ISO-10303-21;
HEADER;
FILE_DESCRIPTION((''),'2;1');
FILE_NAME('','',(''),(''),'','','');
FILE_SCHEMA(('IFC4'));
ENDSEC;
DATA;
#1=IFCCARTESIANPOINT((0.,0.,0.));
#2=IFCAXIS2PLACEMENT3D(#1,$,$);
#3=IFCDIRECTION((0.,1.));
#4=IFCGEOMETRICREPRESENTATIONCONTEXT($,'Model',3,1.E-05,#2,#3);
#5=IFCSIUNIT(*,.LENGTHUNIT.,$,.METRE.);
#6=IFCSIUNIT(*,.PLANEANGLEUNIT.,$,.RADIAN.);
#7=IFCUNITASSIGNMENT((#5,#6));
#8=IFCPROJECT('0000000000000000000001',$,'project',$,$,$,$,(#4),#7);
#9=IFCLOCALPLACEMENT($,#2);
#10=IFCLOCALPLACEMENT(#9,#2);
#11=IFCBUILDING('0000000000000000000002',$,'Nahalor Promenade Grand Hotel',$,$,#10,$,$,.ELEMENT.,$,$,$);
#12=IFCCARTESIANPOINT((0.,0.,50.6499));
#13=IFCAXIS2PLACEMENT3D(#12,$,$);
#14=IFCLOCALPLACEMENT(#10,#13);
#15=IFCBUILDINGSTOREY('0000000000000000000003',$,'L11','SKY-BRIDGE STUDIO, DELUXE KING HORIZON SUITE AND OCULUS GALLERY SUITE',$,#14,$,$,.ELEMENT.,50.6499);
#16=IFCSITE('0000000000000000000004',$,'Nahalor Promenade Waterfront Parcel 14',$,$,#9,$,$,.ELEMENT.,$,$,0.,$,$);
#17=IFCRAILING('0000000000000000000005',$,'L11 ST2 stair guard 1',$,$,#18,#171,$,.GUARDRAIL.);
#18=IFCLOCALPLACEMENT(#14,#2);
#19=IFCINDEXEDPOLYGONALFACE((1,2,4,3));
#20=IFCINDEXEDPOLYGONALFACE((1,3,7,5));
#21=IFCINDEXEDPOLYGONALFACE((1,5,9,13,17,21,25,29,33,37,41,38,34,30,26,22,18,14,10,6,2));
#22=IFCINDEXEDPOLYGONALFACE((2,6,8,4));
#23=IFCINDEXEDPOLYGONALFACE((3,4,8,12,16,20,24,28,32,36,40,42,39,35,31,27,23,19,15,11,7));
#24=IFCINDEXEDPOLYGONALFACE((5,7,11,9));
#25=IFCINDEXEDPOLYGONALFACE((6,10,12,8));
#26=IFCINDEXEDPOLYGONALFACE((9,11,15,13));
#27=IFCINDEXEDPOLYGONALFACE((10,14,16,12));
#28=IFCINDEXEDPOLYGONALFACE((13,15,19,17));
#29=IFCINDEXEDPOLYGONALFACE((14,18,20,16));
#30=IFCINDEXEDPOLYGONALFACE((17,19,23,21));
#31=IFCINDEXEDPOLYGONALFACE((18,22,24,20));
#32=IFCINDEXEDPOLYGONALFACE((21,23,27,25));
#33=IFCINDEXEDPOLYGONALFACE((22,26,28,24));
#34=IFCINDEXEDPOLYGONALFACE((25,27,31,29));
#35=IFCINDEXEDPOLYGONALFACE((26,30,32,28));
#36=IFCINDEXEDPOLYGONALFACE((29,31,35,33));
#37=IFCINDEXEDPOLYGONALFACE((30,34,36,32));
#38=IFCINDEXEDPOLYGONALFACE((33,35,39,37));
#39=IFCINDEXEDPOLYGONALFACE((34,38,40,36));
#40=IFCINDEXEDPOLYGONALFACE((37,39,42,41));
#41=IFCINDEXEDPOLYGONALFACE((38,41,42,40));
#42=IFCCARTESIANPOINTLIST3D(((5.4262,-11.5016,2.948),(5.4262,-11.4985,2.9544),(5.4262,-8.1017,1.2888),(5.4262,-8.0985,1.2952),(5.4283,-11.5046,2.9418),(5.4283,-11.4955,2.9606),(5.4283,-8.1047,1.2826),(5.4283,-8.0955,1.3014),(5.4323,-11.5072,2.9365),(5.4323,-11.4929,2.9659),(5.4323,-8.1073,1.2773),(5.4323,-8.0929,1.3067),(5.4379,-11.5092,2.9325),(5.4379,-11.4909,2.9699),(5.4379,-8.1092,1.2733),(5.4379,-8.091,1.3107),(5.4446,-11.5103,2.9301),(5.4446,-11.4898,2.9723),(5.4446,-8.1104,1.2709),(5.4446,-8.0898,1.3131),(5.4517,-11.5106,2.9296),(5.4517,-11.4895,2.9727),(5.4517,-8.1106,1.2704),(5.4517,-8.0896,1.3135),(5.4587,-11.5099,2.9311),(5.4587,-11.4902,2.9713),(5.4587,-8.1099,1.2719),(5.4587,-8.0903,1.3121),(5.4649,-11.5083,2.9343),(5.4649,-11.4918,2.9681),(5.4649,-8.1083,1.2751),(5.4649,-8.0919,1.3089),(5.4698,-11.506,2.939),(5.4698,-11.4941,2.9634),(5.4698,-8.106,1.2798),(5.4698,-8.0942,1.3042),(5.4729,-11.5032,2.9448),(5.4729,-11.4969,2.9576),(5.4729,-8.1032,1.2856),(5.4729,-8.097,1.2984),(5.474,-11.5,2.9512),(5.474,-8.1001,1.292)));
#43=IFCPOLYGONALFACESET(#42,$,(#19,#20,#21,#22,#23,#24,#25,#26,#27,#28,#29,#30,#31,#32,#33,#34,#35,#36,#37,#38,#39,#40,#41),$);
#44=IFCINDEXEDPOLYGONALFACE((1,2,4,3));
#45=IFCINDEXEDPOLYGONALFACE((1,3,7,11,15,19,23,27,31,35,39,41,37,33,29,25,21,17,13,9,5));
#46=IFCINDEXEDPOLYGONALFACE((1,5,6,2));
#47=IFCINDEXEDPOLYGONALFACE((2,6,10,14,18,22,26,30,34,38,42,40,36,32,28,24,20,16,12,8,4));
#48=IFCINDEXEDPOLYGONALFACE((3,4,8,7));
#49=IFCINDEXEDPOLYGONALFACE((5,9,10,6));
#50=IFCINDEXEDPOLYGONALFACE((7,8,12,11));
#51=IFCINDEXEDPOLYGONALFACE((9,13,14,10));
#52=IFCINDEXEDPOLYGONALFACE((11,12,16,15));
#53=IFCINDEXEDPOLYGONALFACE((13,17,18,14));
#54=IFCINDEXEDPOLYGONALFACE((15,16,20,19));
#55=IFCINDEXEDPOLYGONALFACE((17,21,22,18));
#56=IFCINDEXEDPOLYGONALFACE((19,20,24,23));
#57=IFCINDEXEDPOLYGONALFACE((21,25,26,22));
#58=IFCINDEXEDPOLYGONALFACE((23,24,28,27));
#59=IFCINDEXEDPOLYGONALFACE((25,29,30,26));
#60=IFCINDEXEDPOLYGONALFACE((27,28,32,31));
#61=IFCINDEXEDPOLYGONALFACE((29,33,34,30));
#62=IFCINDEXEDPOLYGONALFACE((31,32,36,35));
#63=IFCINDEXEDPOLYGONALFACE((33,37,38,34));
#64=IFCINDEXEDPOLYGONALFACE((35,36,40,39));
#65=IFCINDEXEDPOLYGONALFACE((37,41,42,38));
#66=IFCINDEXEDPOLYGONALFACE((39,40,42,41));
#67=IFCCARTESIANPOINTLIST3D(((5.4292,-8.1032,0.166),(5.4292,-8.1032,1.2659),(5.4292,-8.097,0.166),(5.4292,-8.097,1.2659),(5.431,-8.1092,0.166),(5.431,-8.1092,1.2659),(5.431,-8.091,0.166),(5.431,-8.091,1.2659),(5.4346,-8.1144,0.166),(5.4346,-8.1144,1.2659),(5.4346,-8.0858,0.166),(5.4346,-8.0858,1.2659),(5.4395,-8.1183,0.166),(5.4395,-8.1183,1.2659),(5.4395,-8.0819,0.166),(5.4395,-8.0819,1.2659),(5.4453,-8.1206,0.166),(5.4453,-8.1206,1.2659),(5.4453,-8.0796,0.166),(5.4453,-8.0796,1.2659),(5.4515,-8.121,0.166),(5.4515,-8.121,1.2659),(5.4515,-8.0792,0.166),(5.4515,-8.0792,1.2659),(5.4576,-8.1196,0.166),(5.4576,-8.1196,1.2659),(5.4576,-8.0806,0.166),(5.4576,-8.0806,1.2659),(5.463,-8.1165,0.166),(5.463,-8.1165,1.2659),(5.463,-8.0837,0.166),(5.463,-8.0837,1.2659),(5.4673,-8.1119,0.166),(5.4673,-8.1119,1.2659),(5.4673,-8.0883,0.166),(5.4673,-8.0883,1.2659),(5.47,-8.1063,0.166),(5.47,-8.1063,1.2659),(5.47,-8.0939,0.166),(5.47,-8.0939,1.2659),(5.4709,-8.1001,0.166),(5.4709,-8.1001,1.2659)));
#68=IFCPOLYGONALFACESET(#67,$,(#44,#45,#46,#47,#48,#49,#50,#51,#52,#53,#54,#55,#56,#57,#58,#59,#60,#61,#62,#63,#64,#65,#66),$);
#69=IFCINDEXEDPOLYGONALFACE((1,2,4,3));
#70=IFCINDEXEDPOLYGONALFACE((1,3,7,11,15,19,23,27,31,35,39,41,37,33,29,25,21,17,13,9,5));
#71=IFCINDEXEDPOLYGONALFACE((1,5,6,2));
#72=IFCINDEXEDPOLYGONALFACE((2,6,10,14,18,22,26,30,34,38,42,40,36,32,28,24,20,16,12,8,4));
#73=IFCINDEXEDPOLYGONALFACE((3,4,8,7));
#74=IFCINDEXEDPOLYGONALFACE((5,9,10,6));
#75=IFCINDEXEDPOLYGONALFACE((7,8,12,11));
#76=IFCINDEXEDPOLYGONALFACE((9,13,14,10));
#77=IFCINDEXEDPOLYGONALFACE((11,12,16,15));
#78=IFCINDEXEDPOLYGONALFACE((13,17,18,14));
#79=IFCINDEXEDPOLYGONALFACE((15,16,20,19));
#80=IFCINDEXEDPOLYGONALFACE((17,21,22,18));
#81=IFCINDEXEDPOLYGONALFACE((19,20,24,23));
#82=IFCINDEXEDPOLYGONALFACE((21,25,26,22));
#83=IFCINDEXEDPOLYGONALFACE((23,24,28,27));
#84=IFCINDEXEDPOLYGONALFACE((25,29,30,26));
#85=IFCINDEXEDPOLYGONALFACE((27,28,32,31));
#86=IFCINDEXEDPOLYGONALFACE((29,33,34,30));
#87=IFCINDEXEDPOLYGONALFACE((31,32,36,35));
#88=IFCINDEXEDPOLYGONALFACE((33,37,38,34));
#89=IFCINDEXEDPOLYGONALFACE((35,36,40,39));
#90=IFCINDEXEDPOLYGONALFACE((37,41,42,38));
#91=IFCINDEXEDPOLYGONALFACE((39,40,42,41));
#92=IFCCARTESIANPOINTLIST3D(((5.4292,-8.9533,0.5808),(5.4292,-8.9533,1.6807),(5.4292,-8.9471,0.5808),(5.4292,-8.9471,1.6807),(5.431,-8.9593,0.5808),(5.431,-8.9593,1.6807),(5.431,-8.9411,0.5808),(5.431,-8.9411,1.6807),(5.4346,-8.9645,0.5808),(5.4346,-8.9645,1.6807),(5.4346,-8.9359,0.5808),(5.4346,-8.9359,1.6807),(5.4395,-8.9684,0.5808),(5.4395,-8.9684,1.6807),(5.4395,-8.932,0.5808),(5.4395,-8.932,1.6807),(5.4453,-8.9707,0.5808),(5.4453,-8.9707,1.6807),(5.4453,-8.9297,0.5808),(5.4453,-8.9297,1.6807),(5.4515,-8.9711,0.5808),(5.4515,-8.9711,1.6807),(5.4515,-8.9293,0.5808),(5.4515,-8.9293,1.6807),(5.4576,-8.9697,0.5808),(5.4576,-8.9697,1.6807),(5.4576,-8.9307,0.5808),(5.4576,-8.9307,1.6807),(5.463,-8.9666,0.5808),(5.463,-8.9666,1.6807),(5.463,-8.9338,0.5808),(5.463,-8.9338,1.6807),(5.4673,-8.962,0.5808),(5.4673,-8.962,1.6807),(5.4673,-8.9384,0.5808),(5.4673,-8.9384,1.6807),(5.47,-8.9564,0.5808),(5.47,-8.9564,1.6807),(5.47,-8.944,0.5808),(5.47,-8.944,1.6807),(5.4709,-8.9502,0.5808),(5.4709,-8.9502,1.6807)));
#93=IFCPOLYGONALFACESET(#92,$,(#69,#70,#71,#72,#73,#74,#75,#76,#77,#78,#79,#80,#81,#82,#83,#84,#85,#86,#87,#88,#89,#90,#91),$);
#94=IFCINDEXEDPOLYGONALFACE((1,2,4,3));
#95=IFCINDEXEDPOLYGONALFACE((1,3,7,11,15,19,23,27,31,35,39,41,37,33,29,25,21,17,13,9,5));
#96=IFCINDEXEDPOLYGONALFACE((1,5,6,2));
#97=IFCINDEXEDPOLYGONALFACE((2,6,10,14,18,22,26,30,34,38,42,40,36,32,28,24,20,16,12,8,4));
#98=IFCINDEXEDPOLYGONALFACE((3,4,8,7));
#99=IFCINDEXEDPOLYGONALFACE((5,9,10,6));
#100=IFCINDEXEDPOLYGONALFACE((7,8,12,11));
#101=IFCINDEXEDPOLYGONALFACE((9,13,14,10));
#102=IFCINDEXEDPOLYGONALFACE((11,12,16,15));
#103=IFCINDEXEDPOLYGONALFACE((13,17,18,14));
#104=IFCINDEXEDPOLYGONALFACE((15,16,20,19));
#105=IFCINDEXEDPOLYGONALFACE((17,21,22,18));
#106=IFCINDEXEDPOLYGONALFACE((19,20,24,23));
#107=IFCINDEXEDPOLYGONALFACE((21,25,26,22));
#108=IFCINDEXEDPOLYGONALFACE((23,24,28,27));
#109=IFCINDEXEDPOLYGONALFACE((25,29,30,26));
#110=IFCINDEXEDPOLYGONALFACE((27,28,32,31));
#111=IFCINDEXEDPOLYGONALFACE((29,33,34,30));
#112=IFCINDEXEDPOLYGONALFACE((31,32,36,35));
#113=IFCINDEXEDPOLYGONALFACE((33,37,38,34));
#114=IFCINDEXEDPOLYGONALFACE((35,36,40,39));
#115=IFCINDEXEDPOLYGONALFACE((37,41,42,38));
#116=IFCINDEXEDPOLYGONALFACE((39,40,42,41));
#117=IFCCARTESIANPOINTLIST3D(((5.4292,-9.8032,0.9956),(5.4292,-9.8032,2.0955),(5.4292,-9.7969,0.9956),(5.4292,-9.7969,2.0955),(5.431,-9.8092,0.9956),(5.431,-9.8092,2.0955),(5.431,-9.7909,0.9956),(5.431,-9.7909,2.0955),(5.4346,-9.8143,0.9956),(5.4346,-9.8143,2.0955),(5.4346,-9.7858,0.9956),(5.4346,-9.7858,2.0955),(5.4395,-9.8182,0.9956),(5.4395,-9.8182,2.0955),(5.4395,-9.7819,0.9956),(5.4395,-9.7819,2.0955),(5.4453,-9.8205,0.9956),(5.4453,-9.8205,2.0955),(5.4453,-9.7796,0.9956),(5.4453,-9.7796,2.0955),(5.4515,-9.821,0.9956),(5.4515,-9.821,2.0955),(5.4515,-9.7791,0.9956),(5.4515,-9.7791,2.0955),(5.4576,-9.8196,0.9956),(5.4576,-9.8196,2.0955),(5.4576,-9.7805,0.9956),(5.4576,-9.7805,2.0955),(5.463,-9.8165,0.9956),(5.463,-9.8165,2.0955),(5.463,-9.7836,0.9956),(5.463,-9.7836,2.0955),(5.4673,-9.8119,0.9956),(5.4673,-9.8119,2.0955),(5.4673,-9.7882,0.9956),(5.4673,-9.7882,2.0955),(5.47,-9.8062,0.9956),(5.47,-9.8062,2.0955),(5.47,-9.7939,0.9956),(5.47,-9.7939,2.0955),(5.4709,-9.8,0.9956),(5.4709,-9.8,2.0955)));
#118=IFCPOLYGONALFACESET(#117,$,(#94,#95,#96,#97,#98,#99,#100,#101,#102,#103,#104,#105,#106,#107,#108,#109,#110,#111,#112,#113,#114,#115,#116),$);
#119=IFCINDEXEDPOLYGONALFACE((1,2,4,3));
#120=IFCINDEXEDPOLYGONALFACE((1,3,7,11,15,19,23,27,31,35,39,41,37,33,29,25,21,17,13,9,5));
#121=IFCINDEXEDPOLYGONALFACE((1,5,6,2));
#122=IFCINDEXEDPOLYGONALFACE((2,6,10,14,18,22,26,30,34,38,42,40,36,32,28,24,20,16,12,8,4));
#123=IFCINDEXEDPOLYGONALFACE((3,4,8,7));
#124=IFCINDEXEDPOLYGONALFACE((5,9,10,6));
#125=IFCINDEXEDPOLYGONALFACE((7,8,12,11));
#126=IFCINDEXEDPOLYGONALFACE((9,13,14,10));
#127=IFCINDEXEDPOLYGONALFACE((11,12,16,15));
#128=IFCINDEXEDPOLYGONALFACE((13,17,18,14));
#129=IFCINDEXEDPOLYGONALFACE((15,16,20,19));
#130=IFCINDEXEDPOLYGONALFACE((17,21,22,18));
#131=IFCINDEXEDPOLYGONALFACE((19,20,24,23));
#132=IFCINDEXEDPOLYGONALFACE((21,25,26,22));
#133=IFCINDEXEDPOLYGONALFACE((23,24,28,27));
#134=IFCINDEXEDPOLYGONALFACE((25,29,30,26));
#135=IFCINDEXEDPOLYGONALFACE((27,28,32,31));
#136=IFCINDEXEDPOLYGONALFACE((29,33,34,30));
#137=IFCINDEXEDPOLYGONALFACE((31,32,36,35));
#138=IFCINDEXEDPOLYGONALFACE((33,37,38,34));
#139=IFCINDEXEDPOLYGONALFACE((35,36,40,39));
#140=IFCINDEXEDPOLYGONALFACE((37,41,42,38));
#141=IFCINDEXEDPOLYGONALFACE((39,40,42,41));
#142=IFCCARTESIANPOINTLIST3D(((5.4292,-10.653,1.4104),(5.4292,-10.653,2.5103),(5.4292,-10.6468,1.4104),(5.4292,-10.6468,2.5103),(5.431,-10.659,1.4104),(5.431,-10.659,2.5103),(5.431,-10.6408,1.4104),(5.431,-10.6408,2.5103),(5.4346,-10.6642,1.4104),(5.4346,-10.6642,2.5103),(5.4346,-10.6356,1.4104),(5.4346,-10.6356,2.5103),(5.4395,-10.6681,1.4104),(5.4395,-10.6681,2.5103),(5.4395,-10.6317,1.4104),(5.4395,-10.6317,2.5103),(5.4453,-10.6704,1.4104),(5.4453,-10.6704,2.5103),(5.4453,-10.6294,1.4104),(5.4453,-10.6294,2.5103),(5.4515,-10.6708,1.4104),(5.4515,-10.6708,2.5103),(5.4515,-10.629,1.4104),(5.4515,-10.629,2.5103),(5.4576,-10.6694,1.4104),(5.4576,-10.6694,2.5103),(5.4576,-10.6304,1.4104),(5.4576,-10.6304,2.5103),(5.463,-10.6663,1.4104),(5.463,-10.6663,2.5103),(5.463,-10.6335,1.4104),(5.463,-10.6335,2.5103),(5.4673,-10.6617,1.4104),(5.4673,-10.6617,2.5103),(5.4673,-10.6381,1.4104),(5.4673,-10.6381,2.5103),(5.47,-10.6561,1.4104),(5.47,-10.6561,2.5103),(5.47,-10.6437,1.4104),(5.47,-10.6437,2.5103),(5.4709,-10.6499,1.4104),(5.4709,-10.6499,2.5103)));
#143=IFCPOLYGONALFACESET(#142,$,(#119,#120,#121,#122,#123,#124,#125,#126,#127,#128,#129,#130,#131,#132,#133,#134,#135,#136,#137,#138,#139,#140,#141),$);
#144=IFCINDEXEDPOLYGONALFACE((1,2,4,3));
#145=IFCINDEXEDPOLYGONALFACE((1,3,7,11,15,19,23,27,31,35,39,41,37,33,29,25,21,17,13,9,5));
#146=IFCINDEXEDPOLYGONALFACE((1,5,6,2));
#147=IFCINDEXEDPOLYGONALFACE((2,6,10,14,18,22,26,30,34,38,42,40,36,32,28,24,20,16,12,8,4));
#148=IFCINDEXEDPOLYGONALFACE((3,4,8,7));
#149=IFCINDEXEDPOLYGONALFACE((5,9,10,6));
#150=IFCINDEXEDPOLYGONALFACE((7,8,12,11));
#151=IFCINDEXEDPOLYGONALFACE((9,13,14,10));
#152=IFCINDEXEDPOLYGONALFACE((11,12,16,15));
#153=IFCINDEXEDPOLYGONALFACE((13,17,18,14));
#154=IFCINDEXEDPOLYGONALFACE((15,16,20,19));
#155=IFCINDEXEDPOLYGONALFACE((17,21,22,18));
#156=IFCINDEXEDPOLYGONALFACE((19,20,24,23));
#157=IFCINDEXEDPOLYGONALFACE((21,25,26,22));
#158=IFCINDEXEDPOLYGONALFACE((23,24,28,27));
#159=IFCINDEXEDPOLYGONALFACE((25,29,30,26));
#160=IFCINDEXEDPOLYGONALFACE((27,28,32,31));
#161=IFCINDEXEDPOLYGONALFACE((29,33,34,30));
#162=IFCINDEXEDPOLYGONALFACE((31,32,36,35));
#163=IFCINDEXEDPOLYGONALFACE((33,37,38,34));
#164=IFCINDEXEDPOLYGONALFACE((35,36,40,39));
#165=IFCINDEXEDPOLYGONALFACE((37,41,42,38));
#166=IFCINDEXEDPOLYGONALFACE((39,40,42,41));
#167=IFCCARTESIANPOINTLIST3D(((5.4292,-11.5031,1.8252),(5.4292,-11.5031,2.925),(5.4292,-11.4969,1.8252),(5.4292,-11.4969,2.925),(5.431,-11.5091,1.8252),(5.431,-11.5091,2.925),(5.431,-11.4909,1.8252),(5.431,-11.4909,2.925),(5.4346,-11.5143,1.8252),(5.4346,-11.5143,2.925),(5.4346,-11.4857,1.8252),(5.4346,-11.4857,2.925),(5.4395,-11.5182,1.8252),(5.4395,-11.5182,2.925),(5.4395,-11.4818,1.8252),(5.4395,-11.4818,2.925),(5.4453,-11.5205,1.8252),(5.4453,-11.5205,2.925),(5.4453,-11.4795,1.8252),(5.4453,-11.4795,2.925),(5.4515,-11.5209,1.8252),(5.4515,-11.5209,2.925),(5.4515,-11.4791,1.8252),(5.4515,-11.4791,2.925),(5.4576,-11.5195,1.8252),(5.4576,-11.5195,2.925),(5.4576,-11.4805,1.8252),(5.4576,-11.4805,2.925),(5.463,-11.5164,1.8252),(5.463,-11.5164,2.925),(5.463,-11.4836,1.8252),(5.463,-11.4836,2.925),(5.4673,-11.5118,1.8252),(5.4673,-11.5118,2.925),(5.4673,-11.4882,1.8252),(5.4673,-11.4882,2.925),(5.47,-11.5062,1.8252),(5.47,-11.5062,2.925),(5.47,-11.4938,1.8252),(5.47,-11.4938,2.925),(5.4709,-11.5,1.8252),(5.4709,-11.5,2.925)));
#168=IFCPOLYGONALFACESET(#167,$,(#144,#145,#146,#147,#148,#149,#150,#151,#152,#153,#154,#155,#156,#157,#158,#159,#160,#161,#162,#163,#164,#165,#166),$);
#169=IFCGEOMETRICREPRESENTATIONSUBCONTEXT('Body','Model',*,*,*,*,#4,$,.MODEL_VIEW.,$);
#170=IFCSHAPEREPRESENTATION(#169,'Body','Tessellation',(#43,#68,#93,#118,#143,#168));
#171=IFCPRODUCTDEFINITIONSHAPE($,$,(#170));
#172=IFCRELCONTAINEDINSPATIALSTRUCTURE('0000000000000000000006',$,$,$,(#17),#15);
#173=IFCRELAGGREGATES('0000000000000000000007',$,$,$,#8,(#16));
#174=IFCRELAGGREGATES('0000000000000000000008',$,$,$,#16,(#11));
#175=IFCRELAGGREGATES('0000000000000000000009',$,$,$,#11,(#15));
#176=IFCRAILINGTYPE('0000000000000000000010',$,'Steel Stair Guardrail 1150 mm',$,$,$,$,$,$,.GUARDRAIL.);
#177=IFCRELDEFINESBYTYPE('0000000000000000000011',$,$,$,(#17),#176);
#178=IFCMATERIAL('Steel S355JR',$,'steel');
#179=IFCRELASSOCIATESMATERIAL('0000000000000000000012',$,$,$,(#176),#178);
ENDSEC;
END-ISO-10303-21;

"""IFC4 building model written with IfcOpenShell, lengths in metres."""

from ifc_helpers import new_model, si_unit, direction, frame, origin, origin_2d, place, context, subcontext, project, spatial, circle, extrude, material, type_object, element, save


model = new_model("IFC4")

# Units and contexts
model_context = context("Model", 3, precision=1e-05, world=origin(), true_north=direction((0.0, 1.0)))
body_context = subcontext(model_context, "Body", "Model", "MODEL_VIEW")
ifc_project = project(units=[si_unit("LENGTHUNIT", "METRE"), si_unit("PLANEANGLEUNIT", "RADIAN")], contexts=[model_context])

# Site, building, storey
site_placement = place(None, origin())
site = spatial("IfcSite", under=ifc_project, at=site_placement, Name="Nahalor Promenade Waterfront Parcel 14", CompositionType="ELEMENT", RefElevation=0.0)
building_placement = place(site_placement, origin())
building = spatial("IfcBuilding", under=site, at=building_placement, Name="Nahalor Promenade Grand Hotel", CompositionType="ELEMENT")
storey_placement = place(building_placement, frame((0.0, 0.0, 50.6499)))
storey = spatial("IfcBuildingStorey", under=building, at=storey_placement, Name="L11", Description="SKY-BRIDGE STUDIO, DELUXE KING HORIZON SUITE AND OCULUS GALLERY SUITE", CompositionType="ELEMENT", Elevation=50.6499)

# Shared definitions
ifc_material_1 = material(Name="Steel S355JR", Category="steel")

# Railing
railing_type_1 = type_object("IfcRailingType", Name="Steel Stair Guardrail 1150 mm", PredefinedType="GUARDRAIL", material=ifc_material_1)
railing_1_placement = place(storey_placement, frame((5.45, -8.1001, 0.166)))
element("IfcRailing", 1, at=railing_1_placement, inside=storey, type_object=railing_type_1, Name="L11 ST2 stair guard 1", PredefinedType="GUARDRAIL", context=body_context, shape_type="SweptSolid", body=[
    extrude(circle(Radius=0.024, at=origin_2d()), frame((0.0, 0.0, 1.126), z_axis=(0.0, -0.898696, 0.438571), x_axis=(1.0, 0.0, 0.0)), (0.0, 0.0, 1.0), 3.7832),
    extrude(circle(Radius=0.021, at=origin_2d()), origin(), (0.0, 0.0, 1.0), 1.0999),
    extrude(circle(Radius=0.021, at=origin_2d()), frame((0.0, -0.8501, 0.4148)), (0.0, 0.0, 1.0), 1.0999),
    extrude(circle(Radius=0.021, at=origin_2d()), frame((0.0, -1.7, 0.8296)), (0.0, 0.0, 1.0), 1.0999),
    extrude(circle(Radius=0.021, at=origin_2d()), frame((0.0, -2.5498, 1.2444)), (0.0, 0.0, 1.0), 1.0999),
    extrude(circle(Radius=0.021, at=origin_2d()), frame((0.0, -3.3999, 1.6592)), (0.0, 0.0, 1.0), 1.0999),
])

save(model, "model.ifc")
